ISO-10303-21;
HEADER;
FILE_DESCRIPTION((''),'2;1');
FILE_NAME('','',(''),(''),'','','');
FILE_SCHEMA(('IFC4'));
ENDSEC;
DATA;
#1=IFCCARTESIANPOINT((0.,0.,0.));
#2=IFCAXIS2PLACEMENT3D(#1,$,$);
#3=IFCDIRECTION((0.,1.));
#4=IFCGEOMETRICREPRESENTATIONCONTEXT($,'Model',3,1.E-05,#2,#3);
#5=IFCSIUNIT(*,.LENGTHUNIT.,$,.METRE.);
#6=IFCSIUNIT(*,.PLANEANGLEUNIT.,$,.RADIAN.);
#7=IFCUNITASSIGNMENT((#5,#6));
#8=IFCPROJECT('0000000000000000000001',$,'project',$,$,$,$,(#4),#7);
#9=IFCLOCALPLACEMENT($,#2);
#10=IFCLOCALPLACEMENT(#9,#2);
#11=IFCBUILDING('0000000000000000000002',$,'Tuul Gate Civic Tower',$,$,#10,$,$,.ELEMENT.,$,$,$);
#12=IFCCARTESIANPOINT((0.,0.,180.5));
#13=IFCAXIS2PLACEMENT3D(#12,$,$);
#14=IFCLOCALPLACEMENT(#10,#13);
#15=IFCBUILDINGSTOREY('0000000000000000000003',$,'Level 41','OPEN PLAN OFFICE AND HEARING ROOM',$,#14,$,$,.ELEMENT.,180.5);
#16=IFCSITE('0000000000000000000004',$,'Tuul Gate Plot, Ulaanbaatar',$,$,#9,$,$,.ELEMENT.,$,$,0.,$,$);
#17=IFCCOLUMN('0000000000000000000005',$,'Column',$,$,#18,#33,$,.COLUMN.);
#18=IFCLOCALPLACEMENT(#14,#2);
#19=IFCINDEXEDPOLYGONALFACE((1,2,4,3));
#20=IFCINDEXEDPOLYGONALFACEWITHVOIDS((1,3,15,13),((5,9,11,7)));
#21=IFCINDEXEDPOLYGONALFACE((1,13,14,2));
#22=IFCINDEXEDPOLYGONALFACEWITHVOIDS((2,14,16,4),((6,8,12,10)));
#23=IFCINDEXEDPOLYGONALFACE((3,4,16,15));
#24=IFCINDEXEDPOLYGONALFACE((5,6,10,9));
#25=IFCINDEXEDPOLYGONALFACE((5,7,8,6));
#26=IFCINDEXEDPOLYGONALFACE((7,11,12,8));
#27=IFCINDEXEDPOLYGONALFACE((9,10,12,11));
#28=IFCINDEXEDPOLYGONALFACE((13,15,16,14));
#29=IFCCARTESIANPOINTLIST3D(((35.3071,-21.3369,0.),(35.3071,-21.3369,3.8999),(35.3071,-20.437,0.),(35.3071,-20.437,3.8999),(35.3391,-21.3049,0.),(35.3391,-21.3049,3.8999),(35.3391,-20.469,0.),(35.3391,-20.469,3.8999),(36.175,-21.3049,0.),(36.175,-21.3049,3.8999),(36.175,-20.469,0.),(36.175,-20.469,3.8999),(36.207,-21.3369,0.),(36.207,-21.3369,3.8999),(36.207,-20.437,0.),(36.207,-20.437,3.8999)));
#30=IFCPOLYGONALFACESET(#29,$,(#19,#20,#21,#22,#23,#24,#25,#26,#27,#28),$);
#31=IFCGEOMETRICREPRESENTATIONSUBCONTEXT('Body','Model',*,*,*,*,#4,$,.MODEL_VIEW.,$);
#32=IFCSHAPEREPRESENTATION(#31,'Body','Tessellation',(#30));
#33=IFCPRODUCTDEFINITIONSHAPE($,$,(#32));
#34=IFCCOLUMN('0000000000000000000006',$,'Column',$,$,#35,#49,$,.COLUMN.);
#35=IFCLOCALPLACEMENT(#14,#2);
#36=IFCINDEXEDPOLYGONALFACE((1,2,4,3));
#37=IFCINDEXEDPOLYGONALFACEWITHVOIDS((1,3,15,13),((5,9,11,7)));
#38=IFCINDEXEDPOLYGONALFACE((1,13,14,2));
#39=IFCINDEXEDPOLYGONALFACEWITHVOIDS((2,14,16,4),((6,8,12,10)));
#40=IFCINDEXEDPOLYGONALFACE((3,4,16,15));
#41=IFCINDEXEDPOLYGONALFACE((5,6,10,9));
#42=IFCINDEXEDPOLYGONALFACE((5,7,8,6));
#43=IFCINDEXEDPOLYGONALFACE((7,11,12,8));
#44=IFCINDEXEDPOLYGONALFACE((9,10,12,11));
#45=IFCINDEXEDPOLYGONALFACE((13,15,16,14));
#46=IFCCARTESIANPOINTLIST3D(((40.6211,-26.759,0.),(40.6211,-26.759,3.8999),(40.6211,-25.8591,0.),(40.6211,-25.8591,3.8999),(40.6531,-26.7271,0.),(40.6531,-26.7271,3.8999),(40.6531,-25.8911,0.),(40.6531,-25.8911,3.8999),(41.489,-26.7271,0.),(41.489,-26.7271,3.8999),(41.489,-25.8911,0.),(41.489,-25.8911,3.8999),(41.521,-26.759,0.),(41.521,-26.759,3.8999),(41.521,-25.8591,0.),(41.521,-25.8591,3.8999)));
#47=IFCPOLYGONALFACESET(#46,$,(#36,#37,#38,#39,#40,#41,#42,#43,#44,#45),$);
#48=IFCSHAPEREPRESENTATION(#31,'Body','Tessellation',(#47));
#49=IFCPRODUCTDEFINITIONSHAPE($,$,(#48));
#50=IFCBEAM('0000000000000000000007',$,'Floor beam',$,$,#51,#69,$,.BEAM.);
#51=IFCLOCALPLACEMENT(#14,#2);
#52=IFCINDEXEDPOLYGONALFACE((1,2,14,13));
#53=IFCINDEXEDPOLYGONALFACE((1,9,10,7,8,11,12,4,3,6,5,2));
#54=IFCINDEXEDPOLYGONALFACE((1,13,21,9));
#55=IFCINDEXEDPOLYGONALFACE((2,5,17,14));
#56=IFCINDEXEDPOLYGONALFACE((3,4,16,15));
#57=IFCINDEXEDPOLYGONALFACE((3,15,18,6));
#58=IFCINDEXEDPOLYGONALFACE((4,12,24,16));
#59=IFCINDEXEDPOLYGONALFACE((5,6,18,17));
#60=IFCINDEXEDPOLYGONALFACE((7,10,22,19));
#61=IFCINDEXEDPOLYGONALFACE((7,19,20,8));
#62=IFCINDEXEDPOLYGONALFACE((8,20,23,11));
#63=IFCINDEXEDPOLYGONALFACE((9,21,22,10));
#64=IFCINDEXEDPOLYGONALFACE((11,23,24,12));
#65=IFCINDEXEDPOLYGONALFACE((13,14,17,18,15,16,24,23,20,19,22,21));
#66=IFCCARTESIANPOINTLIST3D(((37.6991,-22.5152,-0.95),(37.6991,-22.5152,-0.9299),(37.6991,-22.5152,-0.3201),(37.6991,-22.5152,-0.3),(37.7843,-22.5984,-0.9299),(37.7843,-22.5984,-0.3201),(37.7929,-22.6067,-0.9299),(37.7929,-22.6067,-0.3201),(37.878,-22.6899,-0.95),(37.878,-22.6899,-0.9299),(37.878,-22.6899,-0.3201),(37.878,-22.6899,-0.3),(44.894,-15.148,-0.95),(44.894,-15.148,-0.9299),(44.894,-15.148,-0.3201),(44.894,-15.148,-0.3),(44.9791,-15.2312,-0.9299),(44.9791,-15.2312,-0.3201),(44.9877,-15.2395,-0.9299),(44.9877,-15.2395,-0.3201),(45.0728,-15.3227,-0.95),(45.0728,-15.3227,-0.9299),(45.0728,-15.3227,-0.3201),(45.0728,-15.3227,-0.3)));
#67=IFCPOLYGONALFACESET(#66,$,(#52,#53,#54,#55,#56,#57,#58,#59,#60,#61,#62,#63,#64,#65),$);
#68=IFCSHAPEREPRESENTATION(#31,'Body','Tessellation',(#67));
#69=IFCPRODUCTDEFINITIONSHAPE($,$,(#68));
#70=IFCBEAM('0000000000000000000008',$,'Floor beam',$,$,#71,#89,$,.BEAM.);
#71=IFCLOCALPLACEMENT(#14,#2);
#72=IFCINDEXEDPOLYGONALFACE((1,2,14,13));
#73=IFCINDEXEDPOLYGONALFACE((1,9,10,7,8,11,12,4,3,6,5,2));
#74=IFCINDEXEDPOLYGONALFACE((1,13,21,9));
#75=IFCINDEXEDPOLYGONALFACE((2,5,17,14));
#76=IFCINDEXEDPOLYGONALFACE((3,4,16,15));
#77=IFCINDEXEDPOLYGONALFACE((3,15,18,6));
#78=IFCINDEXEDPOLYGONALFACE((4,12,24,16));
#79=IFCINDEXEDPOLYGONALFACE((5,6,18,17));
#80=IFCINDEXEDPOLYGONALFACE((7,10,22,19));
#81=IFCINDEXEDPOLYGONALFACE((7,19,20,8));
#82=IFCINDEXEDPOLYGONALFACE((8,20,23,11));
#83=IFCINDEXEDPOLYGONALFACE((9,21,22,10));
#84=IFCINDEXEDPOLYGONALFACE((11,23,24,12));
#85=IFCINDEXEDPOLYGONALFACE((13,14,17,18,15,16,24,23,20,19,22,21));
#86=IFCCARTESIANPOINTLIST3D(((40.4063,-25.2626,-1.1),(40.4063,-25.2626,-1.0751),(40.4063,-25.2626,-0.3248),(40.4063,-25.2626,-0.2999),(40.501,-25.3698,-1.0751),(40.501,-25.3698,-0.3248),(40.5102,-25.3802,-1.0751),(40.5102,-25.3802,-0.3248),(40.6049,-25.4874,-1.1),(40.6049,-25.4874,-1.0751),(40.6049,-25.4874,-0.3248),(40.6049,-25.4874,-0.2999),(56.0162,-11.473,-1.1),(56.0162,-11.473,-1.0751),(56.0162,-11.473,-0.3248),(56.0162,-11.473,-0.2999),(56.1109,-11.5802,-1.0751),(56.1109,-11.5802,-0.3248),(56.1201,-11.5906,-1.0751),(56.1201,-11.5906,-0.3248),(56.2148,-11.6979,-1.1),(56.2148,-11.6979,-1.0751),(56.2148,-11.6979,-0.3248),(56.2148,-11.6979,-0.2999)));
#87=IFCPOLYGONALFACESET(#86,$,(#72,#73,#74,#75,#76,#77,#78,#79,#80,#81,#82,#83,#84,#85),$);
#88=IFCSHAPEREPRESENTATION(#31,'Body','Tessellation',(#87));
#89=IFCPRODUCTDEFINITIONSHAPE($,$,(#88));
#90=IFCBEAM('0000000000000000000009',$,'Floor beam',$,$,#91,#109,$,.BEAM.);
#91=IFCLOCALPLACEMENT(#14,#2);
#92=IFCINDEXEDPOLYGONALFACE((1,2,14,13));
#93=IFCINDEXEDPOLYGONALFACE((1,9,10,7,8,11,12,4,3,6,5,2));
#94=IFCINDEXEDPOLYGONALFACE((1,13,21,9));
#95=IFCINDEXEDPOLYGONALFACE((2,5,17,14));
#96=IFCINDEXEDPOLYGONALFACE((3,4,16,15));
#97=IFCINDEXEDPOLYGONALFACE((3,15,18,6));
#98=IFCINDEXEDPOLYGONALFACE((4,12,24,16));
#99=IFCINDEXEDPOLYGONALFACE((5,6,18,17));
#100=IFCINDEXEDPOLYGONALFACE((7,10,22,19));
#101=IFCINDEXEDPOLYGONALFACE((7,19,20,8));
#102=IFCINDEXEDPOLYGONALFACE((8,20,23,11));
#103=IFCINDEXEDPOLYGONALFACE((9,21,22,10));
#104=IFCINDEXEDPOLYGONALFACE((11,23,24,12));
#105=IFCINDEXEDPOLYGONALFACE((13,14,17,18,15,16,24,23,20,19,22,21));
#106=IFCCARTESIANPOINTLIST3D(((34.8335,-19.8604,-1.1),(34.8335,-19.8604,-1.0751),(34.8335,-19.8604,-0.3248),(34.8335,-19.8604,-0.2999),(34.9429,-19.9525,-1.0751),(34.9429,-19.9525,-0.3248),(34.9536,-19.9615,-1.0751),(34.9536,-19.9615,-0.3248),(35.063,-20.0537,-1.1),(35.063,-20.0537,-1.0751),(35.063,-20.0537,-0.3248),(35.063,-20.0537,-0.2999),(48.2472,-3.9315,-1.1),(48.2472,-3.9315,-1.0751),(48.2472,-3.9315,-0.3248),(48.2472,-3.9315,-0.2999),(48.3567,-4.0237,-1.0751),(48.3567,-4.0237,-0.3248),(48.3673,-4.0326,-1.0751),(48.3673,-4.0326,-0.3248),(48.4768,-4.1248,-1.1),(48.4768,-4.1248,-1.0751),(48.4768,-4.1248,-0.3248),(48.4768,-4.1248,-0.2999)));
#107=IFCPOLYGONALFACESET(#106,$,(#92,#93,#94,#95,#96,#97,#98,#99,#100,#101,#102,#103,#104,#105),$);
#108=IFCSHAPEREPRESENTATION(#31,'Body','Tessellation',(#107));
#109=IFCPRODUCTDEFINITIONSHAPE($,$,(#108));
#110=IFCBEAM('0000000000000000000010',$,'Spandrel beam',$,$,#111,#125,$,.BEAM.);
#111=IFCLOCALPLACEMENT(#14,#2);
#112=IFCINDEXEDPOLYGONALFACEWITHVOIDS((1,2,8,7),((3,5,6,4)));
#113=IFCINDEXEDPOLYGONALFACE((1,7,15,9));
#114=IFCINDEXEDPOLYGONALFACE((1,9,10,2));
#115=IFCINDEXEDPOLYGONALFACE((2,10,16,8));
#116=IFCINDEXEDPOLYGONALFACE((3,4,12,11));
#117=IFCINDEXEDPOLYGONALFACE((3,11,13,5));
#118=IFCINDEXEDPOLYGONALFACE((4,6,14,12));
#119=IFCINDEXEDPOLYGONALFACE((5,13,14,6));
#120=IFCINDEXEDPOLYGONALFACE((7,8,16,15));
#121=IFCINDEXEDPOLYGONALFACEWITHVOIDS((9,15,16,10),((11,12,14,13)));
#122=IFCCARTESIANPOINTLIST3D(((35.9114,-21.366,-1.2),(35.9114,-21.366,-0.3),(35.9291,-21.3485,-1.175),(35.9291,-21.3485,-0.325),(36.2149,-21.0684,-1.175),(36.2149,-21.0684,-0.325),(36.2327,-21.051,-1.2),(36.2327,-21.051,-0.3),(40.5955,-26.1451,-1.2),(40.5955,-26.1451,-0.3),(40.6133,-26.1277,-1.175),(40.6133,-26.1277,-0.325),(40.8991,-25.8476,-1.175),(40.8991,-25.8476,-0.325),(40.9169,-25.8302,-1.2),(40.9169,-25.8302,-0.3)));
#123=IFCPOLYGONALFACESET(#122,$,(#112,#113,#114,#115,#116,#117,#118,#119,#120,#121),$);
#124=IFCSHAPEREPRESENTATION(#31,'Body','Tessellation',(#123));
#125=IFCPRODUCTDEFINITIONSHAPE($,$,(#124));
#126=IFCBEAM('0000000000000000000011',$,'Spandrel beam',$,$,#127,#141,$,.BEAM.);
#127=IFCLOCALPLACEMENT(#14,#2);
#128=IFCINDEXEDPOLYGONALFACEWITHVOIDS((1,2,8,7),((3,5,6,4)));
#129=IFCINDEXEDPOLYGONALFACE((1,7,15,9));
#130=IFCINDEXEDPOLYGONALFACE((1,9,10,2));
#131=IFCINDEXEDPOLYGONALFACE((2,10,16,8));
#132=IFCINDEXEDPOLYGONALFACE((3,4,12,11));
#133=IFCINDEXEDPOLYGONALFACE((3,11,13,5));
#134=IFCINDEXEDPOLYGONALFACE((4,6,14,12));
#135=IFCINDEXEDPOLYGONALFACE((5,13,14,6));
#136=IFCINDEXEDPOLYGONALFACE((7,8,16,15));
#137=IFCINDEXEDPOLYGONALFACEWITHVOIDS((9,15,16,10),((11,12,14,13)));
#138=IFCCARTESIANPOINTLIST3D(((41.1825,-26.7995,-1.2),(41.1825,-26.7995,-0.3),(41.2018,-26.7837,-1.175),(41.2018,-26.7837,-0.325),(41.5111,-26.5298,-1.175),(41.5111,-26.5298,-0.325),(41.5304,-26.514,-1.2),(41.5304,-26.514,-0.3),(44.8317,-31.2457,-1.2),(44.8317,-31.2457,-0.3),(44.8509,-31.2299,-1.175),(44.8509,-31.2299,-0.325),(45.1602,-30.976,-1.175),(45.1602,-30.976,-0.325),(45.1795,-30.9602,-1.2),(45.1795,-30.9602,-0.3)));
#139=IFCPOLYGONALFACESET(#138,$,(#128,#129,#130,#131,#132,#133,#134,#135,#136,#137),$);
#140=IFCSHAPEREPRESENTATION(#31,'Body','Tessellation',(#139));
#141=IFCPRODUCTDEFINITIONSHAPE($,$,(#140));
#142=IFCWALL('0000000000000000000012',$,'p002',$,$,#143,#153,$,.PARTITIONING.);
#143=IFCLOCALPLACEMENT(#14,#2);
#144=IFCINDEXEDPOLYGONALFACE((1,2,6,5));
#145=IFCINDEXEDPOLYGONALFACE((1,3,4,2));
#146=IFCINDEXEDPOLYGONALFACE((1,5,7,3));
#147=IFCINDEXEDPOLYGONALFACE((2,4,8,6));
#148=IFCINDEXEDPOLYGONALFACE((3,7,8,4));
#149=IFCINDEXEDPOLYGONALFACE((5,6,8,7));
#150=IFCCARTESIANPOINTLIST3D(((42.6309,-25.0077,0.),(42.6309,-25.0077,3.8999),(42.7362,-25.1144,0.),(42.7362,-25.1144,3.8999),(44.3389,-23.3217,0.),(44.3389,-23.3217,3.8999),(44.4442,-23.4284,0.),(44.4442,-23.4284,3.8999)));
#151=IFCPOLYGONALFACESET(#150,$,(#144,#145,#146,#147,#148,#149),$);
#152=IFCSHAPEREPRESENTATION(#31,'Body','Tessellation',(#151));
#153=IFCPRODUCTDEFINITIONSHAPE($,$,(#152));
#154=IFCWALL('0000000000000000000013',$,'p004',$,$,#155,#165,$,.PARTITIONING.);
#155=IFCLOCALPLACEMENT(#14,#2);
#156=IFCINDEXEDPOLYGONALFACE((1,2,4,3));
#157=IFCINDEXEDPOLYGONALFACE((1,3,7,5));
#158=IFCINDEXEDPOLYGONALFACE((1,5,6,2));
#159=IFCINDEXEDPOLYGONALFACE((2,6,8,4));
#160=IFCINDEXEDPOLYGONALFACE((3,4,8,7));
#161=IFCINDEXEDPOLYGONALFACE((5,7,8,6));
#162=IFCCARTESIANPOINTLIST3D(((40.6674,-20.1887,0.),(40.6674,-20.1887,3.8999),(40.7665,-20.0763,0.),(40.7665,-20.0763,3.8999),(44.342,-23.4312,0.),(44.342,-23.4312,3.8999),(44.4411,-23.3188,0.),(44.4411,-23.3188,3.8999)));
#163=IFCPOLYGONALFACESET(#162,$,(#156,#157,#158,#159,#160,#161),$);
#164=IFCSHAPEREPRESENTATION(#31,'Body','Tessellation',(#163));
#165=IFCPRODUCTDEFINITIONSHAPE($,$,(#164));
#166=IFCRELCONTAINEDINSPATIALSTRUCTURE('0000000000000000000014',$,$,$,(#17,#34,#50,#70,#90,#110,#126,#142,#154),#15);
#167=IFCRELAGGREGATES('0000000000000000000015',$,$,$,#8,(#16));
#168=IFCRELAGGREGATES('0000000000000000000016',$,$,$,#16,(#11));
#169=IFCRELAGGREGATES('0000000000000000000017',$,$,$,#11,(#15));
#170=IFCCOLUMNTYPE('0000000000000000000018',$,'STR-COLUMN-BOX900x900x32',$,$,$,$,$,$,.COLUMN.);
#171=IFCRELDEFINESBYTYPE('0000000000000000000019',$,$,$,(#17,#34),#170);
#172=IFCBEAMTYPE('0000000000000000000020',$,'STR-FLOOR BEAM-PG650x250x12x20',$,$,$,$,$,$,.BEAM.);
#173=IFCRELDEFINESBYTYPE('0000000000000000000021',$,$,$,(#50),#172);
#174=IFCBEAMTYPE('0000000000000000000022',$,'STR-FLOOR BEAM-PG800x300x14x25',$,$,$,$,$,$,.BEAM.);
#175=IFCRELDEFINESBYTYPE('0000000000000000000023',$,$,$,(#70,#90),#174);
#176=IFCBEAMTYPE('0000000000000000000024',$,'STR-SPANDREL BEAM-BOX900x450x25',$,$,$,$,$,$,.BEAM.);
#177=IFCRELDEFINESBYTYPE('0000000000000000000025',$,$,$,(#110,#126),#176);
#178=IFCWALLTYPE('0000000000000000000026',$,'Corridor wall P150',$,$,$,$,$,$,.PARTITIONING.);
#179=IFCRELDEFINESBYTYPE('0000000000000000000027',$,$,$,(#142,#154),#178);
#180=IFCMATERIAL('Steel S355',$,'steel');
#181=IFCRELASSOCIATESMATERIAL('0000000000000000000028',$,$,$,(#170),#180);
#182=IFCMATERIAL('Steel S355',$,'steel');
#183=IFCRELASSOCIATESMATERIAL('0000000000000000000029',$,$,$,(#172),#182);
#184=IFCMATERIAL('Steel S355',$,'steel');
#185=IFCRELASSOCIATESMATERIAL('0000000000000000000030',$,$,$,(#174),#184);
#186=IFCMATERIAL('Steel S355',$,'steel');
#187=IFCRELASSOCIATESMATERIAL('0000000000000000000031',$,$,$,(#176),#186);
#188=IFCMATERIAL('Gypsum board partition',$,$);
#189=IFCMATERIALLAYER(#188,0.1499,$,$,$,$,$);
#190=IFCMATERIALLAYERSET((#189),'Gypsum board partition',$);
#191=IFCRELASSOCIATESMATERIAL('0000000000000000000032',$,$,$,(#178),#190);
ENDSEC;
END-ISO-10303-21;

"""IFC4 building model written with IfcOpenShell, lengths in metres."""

from ifc_helpers import new_model, si_unit, direction, frame, frame_2d, origin, origin_2d, place, context, subcontext, project, spatial, rectangle, hollow_rectangle, i_section, extrude, material, layer, layer_set, material_profile, profile_set, type_object, element, save


model = new_model("IFC4")

# Units and contexts
model_context = context("Model", 3, precision=1e-05, world=origin(), true_north=direction((0.0, 1.0)))
body_context = subcontext(model_context, "Body", "Model", "MODEL_VIEW")
ifc_project = project(units=[si_unit("LENGTHUNIT", "METRE"), si_unit("PLANEANGLEUNIT", "RADIAN")], contexts=[model_context])

# Site, building, storey
site_placement = place(None, origin())
site = spatial("IfcSite", under=ifc_project, at=site_placement, Name="Tuul Gate Plot, Ulaanbaatar", CompositionType="ELEMENT", RefElevation=0.0)
building_placement = place(site_placement, origin())
building = spatial("IfcBuilding", under=site, at=building_placement, Name="Tuul Gate Civic Tower", CompositionType="ELEMENT")
storey_placement = place(building_placement, frame((0.0, 0.0, 180.5)))
storey = spatial("IfcBuildingStorey", under=building, at=storey_placement, Name="Level 41", Description="OPEN PLAN OFFICE AND HEARING ROOM", CompositionType="ELEMENT", Elevation=180.5)

# Columns
ifc_material_1 = material(Name="Steel S355", Category="steel")
ifc_material_profile_1 = material_profile(ifc_material_1, hollow_rectangle(XDim=0.8999, YDim=0.8999, WallThickness=0.032, at=origin_2d()), Name="BOX900x900x32")
ifc_profile_set_1 = profile_set([ifc_material_profile_1], Name="Steel S355")
column_type = type_object("IfcColumnType", Name="STR-COLUMN-BOX900x900x32", PredefinedType="COLUMN", material=ifc_profile_set_1)
for number, where, z_axis, x_axis, name in (
    (1, (35.7571, -20.887, 0.0), (0.0, 0.0, 1.0), (1.0, 0.0, 0.0), "Column"),
    (2, (41.071, -26.3091, 0.0), (0.0, 0.0, 1.0), (1.0, 0.0, 0.0), "Column"),
):
    element("IfcColumn", number, at=place(storey_placement, frame(where, z_axis=z_axis, x_axis=x_axis)), inside=storey, type_object=column_type, Name=name, PredefinedType="COLUMN", context=body_context, shape_type="SweptSolid", body=[
        extrude(hollow_rectangle(XDim=0.8999, YDim=0.8999, WallThickness=0.032, at=origin_2d()), origin(), (0.0, 0.0, 1.0), 3.8999),
    ])

# Beams
ifc_material_2 = material(Name="Steel S355", Category="steel")
ifc_material_profile_2 = material_profile(ifc_material_2, i_section(OverallWidth=0.25, OverallDepth=0.6499, WebThickness=0.012, FlangeThickness=0.02, at=origin_2d()), Name="PG650x250x12x20")
ifc_profile_set_2 = profile_set([ifc_material_profile_2], Name="Steel S355")
beam_type_1 = type_object("IfcBeamType", Name="STR-FLOOR BEAM-PG650x250x12x20", PredefinedType="BEAM", material=ifc_profile_set_2)
beam_1_placement = place(storey_placement, frame((37.7886, -22.6025, -0.625), z_axis=(0.698688, 0.715426, 0.0), x_axis=(-0.715426, 0.698688, 0.0)))
element("IfcBeam", 3, at=beam_1_placement, inside=storey, type_object=beam_type_1, Name="Floor beam", PredefinedType="BEAM", context=body_context, shape_type="SweptSolid", body=[
    extrude(i_section(OverallWidth=0.25, OverallDepth=0.6499, WebThickness=0.012, FlangeThickness=0.02, at=origin_2d()), origin(), (0.0, 0.0, 1.0), 10.2976),
])
ifc_material_3 = material(Name="Steel S355", Category="steel")
ifc_material_profile_3 = material_profile(ifc_material_3, i_section(OverallWidth=0.3, OverallDepth=0.8, WebThickness=0.0139, FlangeThickness=0.0249, at=origin_2d()), Name="PG800x300x14x25")
ifc_profile_set_3 = profile_set([ifc_material_profile_3], Name="Steel S355")
beam_type_2 = type_object("IfcBeamType", Name="STR-FLOOR BEAM-PG800x300x14x25", PredefinedType="BEAM", material=ifc_profile_set_3)
beam_2_placement = place(storey_placement, frame((40.5056, -25.375, -0.7), z_axis=(0.749453, 0.662057, 0.0), x_axis=(-0.662057, 0.749453, 0.0)))
element("IfcBeam", 4, at=beam_2_placement, inside=storey, type_object=beam_type_2, Name="Floor beam", PredefinedType="BEAM", context=body_context, shape_type="SweptSolid", body=[
    extrude(i_section(OverallWidth=0.3, OverallDepth=0.8, WebThickness=0.0139, FlangeThickness=0.0249, at=origin_2d()), origin(), (0.0, 0.0, 1.0), 20.8284),
])
beam_3_placement = place(storey_placement, frame((34.9482, -19.957, -0.7), z_axis=(0.644135, 0.764912, 0.0), x_axis=(-0.764912, 0.644135, 0.0)))
element("IfcBeam", 5, at=beam_3_placement, inside=storey, type_object=beam_type_2, Name="Floor beam", PredefinedType="BEAM", context=body_context, shape_type="SweptSolid", body=[
    extrude(i_section(OverallWidth=0.3, OverallDepth=0.8, WebThickness=0.0139, FlangeThickness=0.0249, at=origin_2d()), origin(), (0.0, 0.0, 1.0), 20.8245),
])
ifc_material_4 = material(Name="Steel S355", Category="steel")
ifc_material_profile_4 = material_profile(ifc_material_4, hollow_rectangle(XDim=0.45, YDim=0.8999, WallThickness=0.0249, at=origin_2d()), Name="BOX900x450x25")
ifc_profile_set_4 = profile_set([ifc_material_profile_4], Name="Steel S355")
beam_type_3 = type_object("IfcBeamType", Name="STR-SPANDREL BEAM-BOX900x450x25", PredefinedType="BEAM", material=ifc_profile_set_4)
beam_4_placement = place(storey_placement, frame((36.072, -21.2085, -0.75), z_axis=(0.699975, -0.714167, 0.0), x_axis=(0.714167, 0.699975, 0.0)))
element("IfcBeam", 6, at=beam_4_placement, inside=storey, type_object=beam_type_3, Name="Spandrel beam", PredefinedType="BEAM", context=body_context, shape_type="SweptSolid", body=[
    extrude(hollow_rectangle(XDim=0.45, YDim=0.8999, WallThickness=0.0249, at=origin_2d()), origin(), (0.0, 0.0, 1.0), 6.6919),
])
beam_5_placement = place(storey_placement, frame((41.3564, -26.6567, -0.75), z_axis=(0.634414, -0.772994, 0.0), x_axis=(0.772994, 0.634414, 0.0)))
element("IfcBeam", 7, at=beam_5_placement, inside=storey, type_object=beam_type_3, Name="Spandrel beam", PredefinedType="BEAM", context=body_context, shape_type="SweptSolid", body=[
    extrude(hollow_rectangle(XDim=0.45, YDim=0.8999, WallThickness=0.0249, at=origin_2d()), origin(), (0.0, 0.0, 1.0), 5.752),
])

# Walls
ifc_material_5 = material(Name="Gypsum board partition")
ifc_layer_1 = layer(ifc_material_5, 0.1499)
ifc_layer_set_1 = layer_set([ifc_layer_1], Name="Gypsum board partition")
wall_type_1 = type_object("IfcWallType", Name="Corridor wall P150", PredefinedType="PARTITIONING", material=ifc_layer_set_1)
wall_1_placement = place(storey_placement, frame((42.6836, -25.061, 0.0), z_axis=(0.0, 0.0, 1.0), x_axis=(0.71167, 0.702514, 0.0)))
element("IfcWall", 8, at=wall_1_placement, inside=storey, type_object=wall_type_1, Name="p002", PredefinedType="PARTITIONING", context=body_context, shape_type="SweptSolid", body=[
    extrude(rectangle(XDim=2.3999, YDim=0.1499, at=frame_2d((1.2, 0.0))), origin(), (0.0, 0.0, 1.0), 3.8999),
])
wall_2_placement = place(storey_placement, frame((40.717, -20.1326, 0.0), z_axis=(0.0, 0.0, 1.0), x_axis=(0.74982, -0.661641, 0.0)))
element("IfcWall", 9, at=wall_2_placement, inside=storey, type_object=wall_type_1, Name="p004", PredefinedType="PARTITIONING", context=body_context, shape_type="SweptSolid", body=[
    extrude(rectangle(XDim=4.9006, YDim=0.1499, at=frame_2d((2.4502, 0.0))), origin(), (0.0, 0.0, 1.0), 3.8999),
])

save(model, "model.ifc")
